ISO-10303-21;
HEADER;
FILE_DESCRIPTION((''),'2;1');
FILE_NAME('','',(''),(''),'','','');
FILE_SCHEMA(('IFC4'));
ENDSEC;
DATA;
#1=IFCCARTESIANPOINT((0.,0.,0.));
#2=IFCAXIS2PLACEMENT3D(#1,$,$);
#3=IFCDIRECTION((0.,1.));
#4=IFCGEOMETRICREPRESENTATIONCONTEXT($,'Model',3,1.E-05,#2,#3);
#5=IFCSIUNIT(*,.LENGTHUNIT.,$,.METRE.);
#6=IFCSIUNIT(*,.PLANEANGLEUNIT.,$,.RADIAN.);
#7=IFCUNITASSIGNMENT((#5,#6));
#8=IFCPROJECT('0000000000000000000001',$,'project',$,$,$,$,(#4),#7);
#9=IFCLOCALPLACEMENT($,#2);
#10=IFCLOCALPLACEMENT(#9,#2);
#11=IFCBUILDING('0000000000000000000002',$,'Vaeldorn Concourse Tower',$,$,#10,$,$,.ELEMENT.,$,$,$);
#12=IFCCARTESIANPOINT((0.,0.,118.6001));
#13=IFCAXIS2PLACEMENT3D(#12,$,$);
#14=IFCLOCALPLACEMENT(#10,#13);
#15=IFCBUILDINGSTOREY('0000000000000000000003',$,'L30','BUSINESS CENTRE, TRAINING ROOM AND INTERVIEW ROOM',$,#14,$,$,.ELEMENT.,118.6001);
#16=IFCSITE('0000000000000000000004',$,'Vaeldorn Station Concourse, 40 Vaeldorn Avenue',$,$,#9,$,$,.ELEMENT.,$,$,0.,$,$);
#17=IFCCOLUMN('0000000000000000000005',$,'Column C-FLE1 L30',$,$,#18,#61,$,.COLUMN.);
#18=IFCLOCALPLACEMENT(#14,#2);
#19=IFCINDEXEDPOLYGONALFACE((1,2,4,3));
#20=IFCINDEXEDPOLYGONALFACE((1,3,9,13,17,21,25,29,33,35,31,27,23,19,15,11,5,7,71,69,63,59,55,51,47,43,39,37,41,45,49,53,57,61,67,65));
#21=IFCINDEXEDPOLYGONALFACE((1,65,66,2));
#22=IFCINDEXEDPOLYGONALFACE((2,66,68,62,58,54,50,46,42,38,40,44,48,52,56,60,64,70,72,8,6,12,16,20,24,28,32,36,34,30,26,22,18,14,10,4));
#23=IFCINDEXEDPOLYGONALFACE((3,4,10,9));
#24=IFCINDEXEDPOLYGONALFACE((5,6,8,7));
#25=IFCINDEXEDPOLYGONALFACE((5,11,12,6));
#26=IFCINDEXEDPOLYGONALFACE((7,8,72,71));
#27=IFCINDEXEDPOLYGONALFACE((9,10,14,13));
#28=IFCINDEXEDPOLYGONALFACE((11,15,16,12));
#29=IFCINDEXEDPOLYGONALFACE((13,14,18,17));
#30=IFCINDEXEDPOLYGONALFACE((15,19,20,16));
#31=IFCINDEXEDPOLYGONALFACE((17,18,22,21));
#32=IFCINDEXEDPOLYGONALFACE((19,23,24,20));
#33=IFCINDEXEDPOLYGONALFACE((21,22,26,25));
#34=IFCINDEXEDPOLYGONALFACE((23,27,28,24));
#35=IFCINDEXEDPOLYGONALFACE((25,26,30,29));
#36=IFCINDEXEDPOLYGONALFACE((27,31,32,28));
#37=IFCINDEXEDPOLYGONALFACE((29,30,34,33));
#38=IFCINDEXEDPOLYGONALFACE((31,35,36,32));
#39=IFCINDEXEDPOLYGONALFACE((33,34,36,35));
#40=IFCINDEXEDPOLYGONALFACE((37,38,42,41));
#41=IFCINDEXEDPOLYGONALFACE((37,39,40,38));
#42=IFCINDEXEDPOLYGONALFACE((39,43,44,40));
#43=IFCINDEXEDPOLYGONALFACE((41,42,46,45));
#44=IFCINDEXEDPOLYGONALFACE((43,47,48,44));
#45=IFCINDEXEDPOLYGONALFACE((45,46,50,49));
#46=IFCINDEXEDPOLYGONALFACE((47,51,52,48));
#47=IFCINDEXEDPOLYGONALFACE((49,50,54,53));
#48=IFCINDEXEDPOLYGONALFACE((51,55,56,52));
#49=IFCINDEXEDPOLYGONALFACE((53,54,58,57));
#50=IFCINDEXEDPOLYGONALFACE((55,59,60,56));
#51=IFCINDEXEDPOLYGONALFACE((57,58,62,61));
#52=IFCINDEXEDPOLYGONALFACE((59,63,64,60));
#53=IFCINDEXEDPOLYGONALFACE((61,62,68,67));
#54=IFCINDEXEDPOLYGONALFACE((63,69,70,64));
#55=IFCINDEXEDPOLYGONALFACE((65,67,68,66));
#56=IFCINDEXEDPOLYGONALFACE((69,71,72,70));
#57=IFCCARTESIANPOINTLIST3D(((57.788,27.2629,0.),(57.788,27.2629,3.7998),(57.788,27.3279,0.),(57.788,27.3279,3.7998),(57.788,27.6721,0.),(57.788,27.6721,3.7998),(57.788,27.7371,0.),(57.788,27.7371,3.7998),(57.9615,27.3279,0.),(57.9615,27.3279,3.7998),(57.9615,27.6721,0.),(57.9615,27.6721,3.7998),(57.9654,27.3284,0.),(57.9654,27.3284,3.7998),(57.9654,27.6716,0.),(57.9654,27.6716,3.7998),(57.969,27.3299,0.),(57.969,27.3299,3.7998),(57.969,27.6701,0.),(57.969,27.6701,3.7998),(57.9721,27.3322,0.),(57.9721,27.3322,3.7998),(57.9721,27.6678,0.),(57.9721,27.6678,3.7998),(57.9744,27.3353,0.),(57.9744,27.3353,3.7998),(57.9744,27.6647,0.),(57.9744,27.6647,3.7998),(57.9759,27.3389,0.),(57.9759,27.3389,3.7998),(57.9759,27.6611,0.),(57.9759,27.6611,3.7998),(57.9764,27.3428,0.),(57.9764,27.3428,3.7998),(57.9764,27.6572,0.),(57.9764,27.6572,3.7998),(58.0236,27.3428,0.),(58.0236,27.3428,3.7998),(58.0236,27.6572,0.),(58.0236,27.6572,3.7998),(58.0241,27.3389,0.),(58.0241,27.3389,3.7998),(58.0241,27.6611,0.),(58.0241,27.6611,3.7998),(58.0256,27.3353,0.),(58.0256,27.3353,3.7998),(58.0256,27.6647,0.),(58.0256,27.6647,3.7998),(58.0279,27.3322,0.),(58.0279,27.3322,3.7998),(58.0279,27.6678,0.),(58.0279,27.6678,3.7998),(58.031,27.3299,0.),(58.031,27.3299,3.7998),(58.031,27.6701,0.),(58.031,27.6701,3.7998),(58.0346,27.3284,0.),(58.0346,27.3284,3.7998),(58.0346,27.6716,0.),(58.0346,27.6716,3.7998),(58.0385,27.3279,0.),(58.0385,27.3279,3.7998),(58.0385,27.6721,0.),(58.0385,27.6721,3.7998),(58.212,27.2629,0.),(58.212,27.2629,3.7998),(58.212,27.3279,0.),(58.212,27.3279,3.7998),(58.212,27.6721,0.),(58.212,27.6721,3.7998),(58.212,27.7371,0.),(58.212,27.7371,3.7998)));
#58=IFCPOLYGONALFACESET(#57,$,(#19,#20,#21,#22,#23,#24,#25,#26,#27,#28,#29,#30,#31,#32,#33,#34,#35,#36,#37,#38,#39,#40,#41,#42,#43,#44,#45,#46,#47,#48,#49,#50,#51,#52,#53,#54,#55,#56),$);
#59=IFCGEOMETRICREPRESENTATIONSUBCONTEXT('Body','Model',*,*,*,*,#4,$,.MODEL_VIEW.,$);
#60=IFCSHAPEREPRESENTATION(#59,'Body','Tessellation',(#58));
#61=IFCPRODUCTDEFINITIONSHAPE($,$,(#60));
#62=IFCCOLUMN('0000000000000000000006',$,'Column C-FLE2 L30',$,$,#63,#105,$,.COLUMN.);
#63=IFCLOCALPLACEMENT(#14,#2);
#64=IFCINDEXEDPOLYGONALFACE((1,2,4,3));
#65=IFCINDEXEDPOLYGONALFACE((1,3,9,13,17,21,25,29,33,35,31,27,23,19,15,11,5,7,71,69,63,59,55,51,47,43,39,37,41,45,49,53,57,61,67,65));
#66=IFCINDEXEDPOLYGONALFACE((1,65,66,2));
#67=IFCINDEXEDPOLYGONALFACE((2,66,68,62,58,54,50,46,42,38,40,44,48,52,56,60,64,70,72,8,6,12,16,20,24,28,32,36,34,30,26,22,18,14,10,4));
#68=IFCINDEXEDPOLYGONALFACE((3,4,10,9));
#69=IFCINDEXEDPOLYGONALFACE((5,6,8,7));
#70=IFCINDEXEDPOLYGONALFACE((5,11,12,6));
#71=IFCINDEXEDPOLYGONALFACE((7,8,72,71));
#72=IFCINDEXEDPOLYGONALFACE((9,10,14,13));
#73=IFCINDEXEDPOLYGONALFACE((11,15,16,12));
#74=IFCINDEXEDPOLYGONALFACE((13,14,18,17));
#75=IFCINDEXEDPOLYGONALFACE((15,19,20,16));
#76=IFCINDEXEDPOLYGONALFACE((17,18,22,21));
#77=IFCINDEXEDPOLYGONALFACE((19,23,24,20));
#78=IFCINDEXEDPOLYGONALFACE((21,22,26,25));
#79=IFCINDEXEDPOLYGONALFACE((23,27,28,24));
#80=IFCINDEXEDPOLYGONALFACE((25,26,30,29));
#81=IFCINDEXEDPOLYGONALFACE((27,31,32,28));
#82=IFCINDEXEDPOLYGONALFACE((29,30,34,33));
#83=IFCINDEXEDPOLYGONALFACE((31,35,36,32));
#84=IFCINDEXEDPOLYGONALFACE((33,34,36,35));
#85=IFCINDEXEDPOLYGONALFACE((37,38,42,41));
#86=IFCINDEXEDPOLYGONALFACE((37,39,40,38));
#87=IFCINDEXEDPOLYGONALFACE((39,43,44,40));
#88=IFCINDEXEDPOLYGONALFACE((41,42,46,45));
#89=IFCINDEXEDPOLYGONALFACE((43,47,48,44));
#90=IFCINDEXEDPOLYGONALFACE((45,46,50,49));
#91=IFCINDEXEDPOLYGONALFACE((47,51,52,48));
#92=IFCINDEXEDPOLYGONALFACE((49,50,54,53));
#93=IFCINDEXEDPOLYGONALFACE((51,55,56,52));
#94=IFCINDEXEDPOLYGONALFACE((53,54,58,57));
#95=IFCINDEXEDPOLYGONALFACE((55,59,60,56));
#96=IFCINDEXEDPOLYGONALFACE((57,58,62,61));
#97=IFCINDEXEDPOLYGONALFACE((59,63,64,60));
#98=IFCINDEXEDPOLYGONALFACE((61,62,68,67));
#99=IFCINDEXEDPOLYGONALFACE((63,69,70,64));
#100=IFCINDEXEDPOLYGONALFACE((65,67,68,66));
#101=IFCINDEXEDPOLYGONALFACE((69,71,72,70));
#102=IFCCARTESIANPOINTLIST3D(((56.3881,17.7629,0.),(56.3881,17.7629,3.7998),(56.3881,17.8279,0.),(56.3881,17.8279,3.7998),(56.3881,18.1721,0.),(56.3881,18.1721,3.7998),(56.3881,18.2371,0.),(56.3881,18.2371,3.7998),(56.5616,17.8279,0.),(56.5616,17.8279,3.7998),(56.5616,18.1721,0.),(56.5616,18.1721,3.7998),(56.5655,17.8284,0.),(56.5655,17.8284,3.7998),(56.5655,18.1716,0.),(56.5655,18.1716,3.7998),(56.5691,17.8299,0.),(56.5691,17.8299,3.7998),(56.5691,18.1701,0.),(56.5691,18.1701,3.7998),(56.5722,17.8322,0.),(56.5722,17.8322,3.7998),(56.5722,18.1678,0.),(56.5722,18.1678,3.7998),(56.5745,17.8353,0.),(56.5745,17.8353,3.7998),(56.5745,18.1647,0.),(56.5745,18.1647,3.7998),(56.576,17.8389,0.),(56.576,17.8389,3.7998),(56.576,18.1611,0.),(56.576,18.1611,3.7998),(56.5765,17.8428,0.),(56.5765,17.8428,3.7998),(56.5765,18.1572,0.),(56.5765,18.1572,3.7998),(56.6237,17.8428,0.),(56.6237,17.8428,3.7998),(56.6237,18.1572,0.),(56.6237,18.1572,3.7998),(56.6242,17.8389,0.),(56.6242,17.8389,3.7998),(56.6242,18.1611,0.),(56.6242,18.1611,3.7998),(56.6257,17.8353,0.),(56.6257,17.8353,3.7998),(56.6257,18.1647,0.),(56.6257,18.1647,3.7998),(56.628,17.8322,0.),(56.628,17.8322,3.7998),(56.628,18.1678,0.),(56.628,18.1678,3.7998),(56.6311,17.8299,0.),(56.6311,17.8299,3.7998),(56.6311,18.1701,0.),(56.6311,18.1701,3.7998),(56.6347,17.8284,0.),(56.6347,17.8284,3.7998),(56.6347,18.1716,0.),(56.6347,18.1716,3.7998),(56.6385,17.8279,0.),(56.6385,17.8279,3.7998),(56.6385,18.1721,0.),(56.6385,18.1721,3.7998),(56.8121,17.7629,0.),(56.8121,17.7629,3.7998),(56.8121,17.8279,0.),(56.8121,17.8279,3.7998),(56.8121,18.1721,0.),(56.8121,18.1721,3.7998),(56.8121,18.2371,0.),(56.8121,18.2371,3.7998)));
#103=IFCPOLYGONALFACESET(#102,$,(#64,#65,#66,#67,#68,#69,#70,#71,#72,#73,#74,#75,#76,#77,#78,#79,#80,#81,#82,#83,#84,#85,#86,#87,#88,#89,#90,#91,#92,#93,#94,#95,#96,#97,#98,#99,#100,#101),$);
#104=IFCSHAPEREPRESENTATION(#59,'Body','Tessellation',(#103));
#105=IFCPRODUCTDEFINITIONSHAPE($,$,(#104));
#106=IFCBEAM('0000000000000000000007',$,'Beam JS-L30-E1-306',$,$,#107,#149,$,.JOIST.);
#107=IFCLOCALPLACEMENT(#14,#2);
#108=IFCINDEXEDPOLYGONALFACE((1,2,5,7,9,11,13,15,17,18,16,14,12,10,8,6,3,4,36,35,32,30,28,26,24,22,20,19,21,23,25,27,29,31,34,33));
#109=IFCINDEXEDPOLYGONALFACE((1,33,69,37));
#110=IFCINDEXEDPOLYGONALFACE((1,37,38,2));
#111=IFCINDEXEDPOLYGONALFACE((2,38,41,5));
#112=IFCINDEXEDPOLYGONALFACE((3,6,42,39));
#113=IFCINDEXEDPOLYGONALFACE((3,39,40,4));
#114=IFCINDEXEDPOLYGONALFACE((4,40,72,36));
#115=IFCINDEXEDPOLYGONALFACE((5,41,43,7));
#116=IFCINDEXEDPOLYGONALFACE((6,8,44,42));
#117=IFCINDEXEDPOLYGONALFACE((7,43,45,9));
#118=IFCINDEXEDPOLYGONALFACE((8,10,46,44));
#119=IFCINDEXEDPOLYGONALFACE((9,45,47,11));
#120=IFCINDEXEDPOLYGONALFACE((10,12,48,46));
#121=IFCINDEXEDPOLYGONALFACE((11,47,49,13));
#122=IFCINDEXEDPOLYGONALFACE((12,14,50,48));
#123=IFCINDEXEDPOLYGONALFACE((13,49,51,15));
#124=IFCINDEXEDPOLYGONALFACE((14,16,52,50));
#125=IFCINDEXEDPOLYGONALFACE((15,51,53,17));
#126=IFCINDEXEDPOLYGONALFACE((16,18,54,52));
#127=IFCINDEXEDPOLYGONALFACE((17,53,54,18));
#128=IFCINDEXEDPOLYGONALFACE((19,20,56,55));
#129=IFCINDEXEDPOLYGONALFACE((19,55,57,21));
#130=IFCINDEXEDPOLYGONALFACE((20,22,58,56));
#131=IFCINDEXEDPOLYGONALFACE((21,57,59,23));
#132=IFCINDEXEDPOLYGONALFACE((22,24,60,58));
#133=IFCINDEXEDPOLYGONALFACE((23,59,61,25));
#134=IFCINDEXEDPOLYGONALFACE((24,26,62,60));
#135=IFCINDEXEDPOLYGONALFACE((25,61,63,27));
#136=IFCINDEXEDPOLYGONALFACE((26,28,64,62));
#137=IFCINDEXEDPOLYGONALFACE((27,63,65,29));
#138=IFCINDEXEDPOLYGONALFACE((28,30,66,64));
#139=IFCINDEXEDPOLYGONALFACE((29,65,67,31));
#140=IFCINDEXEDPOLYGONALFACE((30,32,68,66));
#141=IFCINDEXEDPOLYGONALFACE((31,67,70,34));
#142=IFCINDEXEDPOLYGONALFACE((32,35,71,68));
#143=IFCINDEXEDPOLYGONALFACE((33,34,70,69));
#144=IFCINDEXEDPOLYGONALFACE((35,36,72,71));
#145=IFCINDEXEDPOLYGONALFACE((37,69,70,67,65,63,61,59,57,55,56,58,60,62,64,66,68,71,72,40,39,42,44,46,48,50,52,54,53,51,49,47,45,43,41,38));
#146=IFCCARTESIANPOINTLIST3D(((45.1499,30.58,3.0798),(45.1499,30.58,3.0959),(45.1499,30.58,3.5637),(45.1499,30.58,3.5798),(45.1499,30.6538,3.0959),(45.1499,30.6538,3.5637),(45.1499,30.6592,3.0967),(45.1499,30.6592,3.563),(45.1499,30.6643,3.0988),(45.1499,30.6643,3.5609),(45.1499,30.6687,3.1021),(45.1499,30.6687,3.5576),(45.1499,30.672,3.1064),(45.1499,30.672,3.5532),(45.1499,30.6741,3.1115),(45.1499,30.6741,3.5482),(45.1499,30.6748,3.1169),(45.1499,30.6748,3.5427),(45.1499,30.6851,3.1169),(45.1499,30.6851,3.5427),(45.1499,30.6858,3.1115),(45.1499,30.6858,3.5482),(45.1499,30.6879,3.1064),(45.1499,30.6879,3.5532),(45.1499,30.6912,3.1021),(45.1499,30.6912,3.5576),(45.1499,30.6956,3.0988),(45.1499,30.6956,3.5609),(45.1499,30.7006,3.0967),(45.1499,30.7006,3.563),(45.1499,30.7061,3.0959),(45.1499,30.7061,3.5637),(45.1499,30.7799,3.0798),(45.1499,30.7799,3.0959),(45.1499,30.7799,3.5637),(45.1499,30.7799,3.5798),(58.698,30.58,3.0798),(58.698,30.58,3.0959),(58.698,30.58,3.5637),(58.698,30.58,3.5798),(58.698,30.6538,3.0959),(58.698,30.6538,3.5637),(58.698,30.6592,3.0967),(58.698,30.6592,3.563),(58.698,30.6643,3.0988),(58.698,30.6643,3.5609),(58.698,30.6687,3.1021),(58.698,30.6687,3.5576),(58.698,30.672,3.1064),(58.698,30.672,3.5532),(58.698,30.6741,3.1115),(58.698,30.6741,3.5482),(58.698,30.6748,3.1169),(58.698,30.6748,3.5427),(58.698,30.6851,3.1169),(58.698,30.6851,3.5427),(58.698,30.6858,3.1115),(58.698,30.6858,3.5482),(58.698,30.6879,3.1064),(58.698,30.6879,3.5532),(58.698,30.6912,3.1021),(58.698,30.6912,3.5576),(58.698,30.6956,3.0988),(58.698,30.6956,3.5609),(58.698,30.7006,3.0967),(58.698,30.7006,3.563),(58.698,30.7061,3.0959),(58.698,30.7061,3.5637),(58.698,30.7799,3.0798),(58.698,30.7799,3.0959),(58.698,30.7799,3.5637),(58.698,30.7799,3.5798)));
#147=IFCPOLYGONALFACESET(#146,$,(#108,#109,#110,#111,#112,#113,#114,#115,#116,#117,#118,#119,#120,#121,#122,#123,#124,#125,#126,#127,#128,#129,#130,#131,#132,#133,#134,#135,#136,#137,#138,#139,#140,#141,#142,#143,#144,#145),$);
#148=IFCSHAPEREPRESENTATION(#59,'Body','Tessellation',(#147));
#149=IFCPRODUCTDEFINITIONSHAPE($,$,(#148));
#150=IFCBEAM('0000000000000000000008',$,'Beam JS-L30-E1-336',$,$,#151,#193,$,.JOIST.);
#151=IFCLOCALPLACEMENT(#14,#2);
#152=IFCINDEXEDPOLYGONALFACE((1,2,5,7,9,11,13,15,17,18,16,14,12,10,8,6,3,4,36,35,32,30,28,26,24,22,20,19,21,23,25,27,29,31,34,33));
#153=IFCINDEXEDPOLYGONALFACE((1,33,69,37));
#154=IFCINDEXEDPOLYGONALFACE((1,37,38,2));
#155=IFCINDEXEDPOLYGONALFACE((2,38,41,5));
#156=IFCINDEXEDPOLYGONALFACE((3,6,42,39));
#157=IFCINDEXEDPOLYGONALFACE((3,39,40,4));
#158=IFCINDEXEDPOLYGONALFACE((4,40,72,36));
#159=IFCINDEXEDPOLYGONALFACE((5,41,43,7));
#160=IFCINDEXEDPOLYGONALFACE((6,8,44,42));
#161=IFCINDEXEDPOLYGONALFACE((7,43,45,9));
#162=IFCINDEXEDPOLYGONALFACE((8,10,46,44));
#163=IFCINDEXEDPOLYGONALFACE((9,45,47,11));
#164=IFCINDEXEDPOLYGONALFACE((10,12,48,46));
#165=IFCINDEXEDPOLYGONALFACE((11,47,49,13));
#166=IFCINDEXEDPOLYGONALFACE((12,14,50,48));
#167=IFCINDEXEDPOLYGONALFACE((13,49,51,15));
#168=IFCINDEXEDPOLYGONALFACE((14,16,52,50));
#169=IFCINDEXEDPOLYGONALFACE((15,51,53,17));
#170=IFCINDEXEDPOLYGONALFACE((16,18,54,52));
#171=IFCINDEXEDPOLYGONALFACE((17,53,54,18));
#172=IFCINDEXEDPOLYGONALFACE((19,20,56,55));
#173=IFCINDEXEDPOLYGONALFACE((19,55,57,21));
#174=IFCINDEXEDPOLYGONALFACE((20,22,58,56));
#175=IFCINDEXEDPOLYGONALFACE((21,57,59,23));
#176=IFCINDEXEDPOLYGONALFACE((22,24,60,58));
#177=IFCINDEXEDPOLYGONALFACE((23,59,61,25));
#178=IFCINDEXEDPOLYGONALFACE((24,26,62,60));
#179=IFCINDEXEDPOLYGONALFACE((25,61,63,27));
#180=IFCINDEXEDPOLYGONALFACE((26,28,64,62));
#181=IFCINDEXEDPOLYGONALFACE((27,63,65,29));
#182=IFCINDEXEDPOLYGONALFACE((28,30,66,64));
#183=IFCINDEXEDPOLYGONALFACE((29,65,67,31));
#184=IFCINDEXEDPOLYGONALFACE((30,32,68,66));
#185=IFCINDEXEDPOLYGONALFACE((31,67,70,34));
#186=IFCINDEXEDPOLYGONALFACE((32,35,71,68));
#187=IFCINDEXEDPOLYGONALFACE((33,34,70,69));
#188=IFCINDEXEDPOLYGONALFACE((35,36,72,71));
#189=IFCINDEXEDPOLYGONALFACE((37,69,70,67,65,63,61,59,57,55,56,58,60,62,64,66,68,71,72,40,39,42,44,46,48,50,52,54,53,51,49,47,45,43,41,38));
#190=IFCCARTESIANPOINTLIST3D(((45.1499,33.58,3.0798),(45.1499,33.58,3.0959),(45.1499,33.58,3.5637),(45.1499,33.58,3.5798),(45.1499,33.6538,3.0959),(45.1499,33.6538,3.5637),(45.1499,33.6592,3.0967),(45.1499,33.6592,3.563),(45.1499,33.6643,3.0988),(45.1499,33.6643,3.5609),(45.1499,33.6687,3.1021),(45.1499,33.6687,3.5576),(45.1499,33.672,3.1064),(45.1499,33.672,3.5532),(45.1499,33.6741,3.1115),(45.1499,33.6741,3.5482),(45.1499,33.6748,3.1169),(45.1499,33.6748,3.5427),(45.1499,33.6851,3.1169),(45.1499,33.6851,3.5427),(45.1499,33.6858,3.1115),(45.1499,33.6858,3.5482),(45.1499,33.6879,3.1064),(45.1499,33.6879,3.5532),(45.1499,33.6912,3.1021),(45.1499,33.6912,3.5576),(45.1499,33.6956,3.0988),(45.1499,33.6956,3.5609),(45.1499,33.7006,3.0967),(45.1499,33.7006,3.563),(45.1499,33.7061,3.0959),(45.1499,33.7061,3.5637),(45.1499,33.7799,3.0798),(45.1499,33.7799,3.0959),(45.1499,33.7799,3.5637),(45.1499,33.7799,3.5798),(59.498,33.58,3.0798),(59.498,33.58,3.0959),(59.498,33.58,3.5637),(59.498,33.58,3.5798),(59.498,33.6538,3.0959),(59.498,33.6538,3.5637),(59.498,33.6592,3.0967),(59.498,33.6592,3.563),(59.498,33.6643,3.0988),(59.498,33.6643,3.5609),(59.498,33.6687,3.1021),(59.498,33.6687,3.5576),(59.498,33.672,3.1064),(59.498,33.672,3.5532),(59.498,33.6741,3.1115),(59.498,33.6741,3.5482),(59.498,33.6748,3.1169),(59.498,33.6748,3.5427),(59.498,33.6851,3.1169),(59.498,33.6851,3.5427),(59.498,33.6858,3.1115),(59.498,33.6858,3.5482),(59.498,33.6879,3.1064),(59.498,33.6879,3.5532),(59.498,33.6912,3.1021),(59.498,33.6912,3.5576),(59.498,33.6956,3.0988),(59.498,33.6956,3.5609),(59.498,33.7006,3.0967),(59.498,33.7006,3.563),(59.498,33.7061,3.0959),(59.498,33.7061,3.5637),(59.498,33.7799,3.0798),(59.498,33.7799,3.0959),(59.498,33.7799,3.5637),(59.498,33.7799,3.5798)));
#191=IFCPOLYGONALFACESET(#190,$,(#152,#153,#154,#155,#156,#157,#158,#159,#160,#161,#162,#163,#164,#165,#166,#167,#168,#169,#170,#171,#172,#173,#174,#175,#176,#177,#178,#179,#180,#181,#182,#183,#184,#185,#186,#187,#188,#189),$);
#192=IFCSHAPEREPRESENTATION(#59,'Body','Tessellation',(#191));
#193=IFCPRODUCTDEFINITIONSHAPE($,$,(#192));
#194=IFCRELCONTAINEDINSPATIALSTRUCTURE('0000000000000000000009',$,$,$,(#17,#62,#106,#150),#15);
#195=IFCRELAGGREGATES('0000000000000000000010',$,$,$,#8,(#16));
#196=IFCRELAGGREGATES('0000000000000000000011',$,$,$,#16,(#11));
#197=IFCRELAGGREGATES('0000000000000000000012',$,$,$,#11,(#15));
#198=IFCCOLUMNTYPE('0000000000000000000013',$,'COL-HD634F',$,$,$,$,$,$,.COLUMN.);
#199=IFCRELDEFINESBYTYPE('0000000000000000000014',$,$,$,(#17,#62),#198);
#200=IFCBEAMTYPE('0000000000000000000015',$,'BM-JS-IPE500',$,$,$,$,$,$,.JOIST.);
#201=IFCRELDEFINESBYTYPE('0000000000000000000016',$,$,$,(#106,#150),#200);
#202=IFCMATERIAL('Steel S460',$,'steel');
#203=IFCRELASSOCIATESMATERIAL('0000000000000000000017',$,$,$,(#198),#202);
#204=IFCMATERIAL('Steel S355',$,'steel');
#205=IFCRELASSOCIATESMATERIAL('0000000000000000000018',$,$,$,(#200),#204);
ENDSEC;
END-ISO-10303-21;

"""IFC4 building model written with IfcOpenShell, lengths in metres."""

from ifc_helpers import new_model, si_unit, direction, frame, origin, origin_2d, place, context, subcontext, project, spatial, i_section, extrude, source, transform, mapped, material, material_profile, profile_set, type_object, element, save


model = new_model("IFC4")

# Units and contexts
model_context = context("Model", 3, precision=1e-05, world=origin(), true_north=direction((0.0, 1.0)))
body_context = subcontext(model_context, "Body", "Model", "MODEL_VIEW")
ifc_project = project(units=[si_unit("LENGTHUNIT", "METRE"), si_unit("PLANEANGLEUNIT", "RADIAN")], contexts=[model_context])

# Site, building, storey
site_placement = place(None, origin())
site = spatial("IfcSite", under=ifc_project, at=site_placement, Name="Vaeldorn Station Concourse, 40 Vaeldorn Avenue", CompositionType="ELEMENT", RefElevation=0.0)
building_placement = place(site_placement, origin())
building = spatial("IfcBuilding", under=site, at=building_placement, Name="Vaeldorn Concourse Tower", CompositionType="ELEMENT")
storey_placement = place(building_placement, frame((0.0, 0.0, 118.6001)))
storey = spatial("IfcBuildingStorey", under=building, at=storey_placement, Name="L30", Description="BUSINESS CENTRE, TRAINING ROOM AND INTERVIEW ROOM", CompositionType="ELEMENT", Elevation=118.6001)

# Columns
ifc_material_1 = material(Name="Steel S460", Category="steel")
ifc_material_profile_1 = material_profile(ifc_material_1, i_section(OverallWidth=0.4241, OverallDepth=0.4741, WebThickness=0.0471, FlangeThickness=0.0649, FilletRadius=0.0149, at=origin_2d()), Name="HD 400x634")
ifc_profile_set_1 = profile_set([ifc_material_profile_1], Name="Steel S460")
column_type = type_object("IfcColumnType", Name="COL-HD634F", PredefinedType="COLUMN", material=ifc_profile_set_1)
shared_shape_1 = source(origin(), body_context, "Body", "SweptSolid", [
    extrude(i_section(OverallWidth=0.4241, OverallDepth=0.4741, WebThickness=0.0471, FlangeThickness=0.0649, FilletRadius=0.0149, at=origin_2d()), origin(), (0.0, 0.0, 1.0), 3.7998),
])
for number, where, z_axis, x_axis, name in (
    (1, (58.0, 27.5, 0.0), (0.0, 0.0, 1.0), (1.0, 0.0, 0.0), "Column C-FLE1 L30"),
    (2, (56.6001, 18.0, 0.0), (0.0, 0.0, 1.0), (1.0, 0.0, 0.0), "Column C-FLE2 L30"),
):
    element("IfcColumn", number, at=place(storey_placement, frame(where, z_axis=z_axis, x_axis=x_axis)), inside=storey, type_object=column_type, Name=name, PredefinedType="COLUMN", context=body_context, shape_type="MappedRepresentation", body=[
        mapped(shared_shape_1, transform((0.0, 0.0, 0.0), scale=1.0)),
    ])

# Beams
ifc_material_2 = material(Name="Steel S355", Category="steel")
ifc_material_profile_2 = material_profile(ifc_material_2, i_section(OverallWidth=0.2, OverallDepth=0.5, WebThickness=0.0103, FlangeThickness=0.0161, FilletRadius=0.021, at=origin_2d()), Name="IPE 500")
ifc_profile_set_2 = profile_set([ifc_material_profile_2], Name="Steel S355")
beam_type_1 = type_object("IfcBeamType", Name="BM-JS-IPE500", PredefinedType="JOIST", material=ifc_profile_set_2)
shared_shape_2 = source(origin(), body_context, "Body", "SweptSolid", [
    extrude(i_section(OverallWidth=0.2, OverallDepth=0.5, WebThickness=0.0103, FlangeThickness=0.0161, FilletRadius=0.021, at=origin_2d()), origin(), (0.0, 0.0, 1.0), 13.5481),
])
beam_1_placement = place(storey_placement, frame((45.1499, 30.6799, 3.3298), z_axis=(1.0, 0.0, 0.0), x_axis=(0.0, 1.0, 0.0)))
element("IfcBeam", 3, at=beam_1_placement, inside=storey, type_object=beam_type_1, Name="Beam JS-L30-E1-306", PredefinedType="JOIST", context=body_context, shape_type="MappedRepresentation", body=[
    mapped(shared_shape_2, transform((0.0, 0.0, 0.0), scale=1.0)),
])
shared_shape_3 = source(origin(), body_context, "Body", "SweptSolid", [
    extrude(i_section(OverallWidth=0.2, OverallDepth=0.5, WebThickness=0.0103, FlangeThickness=0.0161, FilletRadius=0.021, at=origin_2d()), origin(), (0.0, 0.0, 1.0), 14.3481),
])
beam_2_placement = place(storey_placement, frame((45.1499, 33.6799, 3.3298), z_axis=(1.0, 0.0, 0.0), x_axis=(0.0, 1.0, 0.0)))
element("IfcBeam", 4, at=beam_2_placement, inside=storey, type_object=beam_type_1, Name="Beam JS-L30-E1-336", PredefinedType="JOIST", context=body_context, shape_type="MappedRepresentation", body=[
    mapped(shared_shape_3, transform((0.0, 0.0, 0.0), scale=1.0)),
])

save(model, "model.ifc")
